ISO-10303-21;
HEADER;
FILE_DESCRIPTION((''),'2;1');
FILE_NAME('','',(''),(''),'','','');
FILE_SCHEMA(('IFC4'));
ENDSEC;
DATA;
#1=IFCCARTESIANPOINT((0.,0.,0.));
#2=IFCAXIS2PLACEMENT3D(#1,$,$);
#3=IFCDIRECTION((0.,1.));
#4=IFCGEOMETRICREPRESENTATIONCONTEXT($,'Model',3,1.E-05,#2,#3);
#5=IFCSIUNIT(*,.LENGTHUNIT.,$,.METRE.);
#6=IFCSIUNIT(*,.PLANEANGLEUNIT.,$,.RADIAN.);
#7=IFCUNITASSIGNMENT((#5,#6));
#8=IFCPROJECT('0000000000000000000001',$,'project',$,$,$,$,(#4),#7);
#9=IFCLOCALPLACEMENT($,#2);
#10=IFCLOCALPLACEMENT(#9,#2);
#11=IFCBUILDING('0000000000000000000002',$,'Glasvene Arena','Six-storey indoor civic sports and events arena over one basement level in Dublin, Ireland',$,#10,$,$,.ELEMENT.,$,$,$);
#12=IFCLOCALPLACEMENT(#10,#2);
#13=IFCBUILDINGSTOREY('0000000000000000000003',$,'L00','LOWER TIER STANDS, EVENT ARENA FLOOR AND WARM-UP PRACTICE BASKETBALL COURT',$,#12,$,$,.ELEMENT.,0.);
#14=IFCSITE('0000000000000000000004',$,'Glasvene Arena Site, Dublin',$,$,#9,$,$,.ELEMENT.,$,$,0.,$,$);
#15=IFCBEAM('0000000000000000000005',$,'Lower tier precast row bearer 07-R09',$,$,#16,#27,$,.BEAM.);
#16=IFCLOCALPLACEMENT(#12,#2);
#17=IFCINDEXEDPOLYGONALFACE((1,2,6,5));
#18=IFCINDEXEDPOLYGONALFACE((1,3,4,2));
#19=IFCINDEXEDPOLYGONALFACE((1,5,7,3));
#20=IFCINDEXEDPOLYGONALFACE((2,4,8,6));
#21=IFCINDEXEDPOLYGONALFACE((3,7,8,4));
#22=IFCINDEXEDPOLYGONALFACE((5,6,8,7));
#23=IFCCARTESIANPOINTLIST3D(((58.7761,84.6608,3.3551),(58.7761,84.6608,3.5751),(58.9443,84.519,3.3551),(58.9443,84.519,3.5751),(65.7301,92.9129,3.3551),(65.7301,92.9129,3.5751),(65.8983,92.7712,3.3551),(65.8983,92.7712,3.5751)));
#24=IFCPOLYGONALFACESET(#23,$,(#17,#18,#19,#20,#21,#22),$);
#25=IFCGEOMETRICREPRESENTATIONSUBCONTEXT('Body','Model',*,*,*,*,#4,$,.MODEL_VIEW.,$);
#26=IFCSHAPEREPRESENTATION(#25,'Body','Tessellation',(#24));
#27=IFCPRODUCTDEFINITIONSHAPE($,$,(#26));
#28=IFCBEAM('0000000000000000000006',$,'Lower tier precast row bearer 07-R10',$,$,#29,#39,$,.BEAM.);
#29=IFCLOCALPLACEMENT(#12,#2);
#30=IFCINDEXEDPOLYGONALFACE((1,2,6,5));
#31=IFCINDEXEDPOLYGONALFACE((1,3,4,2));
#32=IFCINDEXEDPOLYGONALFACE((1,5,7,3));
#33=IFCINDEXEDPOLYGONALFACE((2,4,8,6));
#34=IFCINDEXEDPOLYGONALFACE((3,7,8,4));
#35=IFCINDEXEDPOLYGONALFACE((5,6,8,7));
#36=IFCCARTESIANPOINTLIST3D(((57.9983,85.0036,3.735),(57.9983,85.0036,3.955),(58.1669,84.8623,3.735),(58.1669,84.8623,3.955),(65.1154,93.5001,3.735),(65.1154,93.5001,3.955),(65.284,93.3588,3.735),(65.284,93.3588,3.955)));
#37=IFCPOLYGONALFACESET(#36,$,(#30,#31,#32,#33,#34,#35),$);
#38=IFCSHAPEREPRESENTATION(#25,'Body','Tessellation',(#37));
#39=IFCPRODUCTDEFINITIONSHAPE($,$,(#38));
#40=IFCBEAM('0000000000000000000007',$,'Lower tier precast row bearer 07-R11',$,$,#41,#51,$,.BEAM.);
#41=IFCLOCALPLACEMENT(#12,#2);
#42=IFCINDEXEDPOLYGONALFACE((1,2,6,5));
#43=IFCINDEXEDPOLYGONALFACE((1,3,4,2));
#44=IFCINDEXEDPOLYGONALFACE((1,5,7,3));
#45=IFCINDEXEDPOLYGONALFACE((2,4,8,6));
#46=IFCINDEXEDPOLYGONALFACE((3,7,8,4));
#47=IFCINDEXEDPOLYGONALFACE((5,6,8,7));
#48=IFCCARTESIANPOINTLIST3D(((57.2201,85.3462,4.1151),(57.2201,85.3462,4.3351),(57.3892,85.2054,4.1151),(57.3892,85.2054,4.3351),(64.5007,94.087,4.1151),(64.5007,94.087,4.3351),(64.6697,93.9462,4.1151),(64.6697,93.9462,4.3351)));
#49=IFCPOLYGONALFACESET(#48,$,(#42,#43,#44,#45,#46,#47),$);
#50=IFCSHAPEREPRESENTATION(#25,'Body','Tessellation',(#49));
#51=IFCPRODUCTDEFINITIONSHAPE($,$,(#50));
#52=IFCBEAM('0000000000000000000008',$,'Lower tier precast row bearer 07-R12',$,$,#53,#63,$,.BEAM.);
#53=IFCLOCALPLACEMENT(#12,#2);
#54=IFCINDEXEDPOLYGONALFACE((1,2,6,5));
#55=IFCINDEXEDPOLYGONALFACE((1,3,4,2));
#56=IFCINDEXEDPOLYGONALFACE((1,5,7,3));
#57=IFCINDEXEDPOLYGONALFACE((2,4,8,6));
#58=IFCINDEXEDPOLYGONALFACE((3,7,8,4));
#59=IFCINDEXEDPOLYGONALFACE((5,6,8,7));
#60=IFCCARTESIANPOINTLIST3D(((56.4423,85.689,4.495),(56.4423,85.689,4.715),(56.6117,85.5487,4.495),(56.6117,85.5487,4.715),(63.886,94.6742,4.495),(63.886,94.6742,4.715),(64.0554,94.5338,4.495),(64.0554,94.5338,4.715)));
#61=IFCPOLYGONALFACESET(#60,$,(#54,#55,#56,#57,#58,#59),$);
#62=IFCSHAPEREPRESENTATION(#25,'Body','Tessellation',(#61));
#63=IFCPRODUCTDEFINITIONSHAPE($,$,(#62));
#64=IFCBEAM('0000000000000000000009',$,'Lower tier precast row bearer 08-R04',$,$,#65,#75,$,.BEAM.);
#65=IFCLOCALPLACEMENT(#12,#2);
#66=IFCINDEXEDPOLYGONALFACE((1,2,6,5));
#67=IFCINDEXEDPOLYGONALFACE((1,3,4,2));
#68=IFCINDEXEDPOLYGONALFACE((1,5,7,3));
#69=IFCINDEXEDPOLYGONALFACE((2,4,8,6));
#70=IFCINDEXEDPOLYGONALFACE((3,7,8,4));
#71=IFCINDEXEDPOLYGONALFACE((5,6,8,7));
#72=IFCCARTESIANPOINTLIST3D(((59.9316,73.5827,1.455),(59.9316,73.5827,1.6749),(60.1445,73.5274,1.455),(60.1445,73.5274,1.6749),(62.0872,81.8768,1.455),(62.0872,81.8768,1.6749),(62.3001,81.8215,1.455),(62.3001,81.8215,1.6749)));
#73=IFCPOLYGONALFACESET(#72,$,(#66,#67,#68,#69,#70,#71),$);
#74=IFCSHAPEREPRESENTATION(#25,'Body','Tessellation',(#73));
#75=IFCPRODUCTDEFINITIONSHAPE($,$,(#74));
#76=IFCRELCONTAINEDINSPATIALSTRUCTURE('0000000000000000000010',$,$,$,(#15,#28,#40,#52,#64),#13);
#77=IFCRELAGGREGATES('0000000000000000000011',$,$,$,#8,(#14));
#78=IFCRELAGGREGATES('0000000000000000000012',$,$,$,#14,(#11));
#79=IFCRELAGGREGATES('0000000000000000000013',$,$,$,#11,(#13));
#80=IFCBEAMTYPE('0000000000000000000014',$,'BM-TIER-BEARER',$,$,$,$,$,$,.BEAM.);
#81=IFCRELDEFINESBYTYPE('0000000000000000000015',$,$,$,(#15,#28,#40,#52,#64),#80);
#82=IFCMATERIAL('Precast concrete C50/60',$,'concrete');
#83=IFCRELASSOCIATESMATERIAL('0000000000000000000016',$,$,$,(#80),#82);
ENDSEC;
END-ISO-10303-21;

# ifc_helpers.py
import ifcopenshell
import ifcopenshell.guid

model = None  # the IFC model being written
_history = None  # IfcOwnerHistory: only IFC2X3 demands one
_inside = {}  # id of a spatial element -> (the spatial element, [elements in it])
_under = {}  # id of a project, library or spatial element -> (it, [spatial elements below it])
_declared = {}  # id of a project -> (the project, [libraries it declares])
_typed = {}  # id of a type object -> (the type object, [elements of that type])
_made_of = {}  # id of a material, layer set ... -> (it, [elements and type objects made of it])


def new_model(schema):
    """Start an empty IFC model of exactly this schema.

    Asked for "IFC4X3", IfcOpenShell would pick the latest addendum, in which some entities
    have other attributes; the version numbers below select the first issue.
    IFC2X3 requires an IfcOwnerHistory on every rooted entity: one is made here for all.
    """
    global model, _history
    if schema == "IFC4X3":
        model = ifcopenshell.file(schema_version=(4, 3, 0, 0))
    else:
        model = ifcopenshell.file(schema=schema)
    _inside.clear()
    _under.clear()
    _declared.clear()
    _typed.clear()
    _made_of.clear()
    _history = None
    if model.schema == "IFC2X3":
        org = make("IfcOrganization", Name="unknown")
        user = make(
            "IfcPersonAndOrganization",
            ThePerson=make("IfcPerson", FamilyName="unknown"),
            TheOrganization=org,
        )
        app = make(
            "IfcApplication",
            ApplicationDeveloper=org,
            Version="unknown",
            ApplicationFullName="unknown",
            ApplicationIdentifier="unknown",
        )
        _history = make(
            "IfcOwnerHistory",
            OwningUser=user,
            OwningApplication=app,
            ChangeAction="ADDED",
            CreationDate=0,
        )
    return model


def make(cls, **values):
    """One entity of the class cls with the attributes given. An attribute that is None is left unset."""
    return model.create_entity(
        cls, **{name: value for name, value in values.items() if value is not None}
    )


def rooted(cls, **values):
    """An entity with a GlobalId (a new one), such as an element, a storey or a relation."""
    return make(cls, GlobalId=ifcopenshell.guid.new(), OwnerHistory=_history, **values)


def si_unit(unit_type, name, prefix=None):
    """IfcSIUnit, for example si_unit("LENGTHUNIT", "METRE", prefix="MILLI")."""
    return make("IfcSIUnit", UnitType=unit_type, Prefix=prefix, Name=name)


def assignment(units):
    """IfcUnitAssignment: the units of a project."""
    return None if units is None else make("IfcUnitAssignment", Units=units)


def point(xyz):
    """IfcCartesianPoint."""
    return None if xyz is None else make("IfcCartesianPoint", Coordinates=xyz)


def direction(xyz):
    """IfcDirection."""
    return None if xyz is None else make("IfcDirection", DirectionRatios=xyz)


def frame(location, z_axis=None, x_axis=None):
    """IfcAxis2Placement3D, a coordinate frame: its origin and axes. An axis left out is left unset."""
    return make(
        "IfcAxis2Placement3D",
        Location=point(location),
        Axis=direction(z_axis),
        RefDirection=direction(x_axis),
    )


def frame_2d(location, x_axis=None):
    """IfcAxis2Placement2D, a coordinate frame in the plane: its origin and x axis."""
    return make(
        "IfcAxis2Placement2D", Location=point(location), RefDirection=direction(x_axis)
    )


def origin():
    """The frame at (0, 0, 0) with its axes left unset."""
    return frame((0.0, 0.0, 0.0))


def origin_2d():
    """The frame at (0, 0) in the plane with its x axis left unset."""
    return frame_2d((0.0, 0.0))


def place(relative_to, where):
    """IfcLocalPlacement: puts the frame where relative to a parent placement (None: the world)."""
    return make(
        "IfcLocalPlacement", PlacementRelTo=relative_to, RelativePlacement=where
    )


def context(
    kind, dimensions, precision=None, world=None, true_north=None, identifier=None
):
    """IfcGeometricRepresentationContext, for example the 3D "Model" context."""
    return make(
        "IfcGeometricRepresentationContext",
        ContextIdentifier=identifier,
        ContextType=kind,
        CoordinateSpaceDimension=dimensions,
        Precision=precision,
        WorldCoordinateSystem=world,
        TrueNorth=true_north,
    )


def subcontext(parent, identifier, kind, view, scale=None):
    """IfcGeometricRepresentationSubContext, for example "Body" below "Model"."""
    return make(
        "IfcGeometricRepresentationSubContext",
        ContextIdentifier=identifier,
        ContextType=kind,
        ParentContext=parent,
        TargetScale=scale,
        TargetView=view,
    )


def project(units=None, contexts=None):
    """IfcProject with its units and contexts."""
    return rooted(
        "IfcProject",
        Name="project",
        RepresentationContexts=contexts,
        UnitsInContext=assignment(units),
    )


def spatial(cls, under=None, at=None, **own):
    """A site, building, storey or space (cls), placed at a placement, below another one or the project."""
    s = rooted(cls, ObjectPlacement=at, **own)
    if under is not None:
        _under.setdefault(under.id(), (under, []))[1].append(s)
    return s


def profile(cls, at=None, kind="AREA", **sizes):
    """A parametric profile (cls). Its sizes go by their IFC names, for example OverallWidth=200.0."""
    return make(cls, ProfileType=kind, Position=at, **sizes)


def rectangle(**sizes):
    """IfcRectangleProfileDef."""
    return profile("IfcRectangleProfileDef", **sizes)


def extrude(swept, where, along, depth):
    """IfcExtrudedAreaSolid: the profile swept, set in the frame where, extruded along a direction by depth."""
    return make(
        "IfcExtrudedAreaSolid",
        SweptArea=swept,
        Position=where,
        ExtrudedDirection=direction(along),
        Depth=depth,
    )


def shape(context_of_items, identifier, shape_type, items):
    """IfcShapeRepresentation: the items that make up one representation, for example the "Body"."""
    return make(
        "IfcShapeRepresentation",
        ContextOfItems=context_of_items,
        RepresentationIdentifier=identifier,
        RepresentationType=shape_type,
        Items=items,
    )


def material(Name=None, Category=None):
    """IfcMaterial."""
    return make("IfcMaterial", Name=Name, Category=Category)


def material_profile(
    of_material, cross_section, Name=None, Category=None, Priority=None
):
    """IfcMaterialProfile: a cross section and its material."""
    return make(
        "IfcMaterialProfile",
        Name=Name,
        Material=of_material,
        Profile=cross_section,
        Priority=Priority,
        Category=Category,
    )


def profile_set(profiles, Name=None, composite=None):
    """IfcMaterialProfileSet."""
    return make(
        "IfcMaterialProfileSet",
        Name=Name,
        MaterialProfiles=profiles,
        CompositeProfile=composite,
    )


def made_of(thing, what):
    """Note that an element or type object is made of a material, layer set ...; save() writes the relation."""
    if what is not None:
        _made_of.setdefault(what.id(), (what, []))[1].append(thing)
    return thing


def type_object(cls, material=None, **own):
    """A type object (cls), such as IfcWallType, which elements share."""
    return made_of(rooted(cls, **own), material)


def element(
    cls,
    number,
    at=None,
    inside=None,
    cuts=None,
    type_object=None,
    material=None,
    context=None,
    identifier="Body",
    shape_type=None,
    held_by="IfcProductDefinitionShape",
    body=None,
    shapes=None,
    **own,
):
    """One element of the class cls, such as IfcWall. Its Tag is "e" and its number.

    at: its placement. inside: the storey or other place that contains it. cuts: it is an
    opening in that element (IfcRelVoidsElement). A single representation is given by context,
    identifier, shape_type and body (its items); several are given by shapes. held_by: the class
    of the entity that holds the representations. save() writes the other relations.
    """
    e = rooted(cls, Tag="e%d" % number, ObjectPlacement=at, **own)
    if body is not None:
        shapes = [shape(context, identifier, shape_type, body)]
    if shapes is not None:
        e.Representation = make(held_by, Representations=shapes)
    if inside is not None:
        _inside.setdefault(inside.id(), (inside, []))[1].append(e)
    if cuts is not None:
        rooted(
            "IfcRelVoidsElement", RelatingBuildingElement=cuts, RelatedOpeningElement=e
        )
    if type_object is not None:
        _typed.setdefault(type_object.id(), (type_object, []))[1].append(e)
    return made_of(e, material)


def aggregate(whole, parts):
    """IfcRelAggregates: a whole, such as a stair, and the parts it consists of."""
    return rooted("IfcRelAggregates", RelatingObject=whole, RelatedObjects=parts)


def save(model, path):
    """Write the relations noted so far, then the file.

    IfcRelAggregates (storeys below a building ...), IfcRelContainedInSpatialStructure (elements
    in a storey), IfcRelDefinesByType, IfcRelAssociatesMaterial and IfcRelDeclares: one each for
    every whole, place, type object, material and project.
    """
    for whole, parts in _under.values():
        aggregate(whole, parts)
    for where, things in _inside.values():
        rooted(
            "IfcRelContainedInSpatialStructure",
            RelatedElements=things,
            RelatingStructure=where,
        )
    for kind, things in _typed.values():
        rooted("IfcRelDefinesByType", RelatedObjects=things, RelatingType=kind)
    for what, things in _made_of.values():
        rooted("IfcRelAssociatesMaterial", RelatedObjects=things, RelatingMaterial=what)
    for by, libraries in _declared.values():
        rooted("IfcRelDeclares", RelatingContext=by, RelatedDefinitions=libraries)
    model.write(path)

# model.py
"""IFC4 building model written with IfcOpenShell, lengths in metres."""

from ifc_helpers import new_model, si_unit, direction, frame, origin, origin_2d, place, context, subcontext, project, spatial, rectangle, extrude, material, material_profile, profile_set, type_object, element, save


model = new_model("IFC4")

# Units and contexts
model_context = context("Model", 3, precision=1e-05, world=origin(), true_north=direction((0.0, 1.0)))
body_context = subcontext(model_context, "Body", "Model", "MODEL_VIEW")
ifc_project = project(units=[si_unit("LENGTHUNIT", "METRE"), si_unit("PLANEANGLEUNIT", "RADIAN")], contexts=[model_context])

# Site, building, storey
site_placement = place(None, origin())
site = spatial("IfcSite", under=ifc_project, at=site_placement, Name="Glasvene Arena Site, Dublin", CompositionType="ELEMENT", RefElevation=0.0)
building_placement = place(site_placement, origin())
building = spatial("IfcBuilding", under=site, at=building_placement, Name="Glasvene Arena", Description="Six-storey indoor civic sports and events arena over one basement level in Dublin, Ireland", CompositionType="ELEMENT")
storey_placement = place(building_placement, origin())
storey = spatial("IfcBuildingStorey", under=building, at=storey_placement, Name="L00", Description="LOWER TIER STANDS, EVENT ARENA FLOOR AND WARM-UP PRACTICE BASKETBALL COURT", CompositionType="ELEMENT", Elevation=0.0)

# Beams
ifc_material_1 = material(Name="Precast concrete C50/60", Category="concrete")
ifc_material_profile_1 = material_profile(ifc_material_1, rectangle(XDim=0.22, YDim=0.22, at=origin_2d()), Name="RC 220x220")
ifc_profile_set_1 = profile_set([ifc_material_profile_1], Name="Precast concrete C50/60")
beam_type_1 = type_object("IfcBeamType", Name="BM-TIER-BEARER", PredefinedType="BEAM", material=ifc_profile_set_1)
beam_1_placement = place(storey_placement, frame((65.8142, 92.842, 3.4651), z_axis=(-0.6444, -0.764688, 0.0), x_axis=(0.764688, -0.6444, 0.0)))
element("IfcBeam", 1, at=beam_1_placement, inside=storey, type_object=beam_type_1, Name="Lower tier precast row bearer 07-R09", PredefinedType="BEAM", context=body_context, shape_type="SweptSolid", body=[
    extrude(rectangle(XDim=0.22, YDim=0.22, at=origin_2d()), origin(), (0.0, 0.0, 1.0), 10.7915),
])
beam_2_placement = place(storey_placement, frame((65.1997, 93.4294, 3.845), z_axis=(-0.642137, -0.76659, 0.0), x_axis=(0.76659, -0.642137, 0.0)))
element("IfcBeam", 2, at=beam_2_placement, inside=storey, type_object=beam_type_1, Name="Lower tier precast row bearer 07-R10", PredefinedType="BEAM", context=body_context, shape_type="SweptSolid", body=[
    extrude(rectangle(XDim=0.22, YDim=0.22, at=origin_2d()), origin(), (0.0, 0.0, 1.0), 11.0835),
])
beam_3_placement = place(storey_placement, frame((64.5852, 94.0166, 4.2251), z_axis=(-0.640007, -0.768369, 0.0), x_axis=(0.768369, -0.640007, 0.0)))
element("IfcBeam", 3, at=beam_3_placement, inside=storey, type_object=beam_type_1, Name="Lower tier precast row bearer 07-R11", PredefinedType="BEAM", context=body_context, shape_type="SweptSolid", body=[
    extrude(rectangle(XDim=0.22, YDim=0.22, at=origin_2d()), origin(), (0.0, 0.0, 1.0), 11.3757),
])
beam_4_placement = place(storey_placement, frame((63.9707, 94.604, 4.605), z_axis=(-0.637957, -0.770072, 0.0), x_axis=(0.770072, -0.637957, 0.0)))
element("IfcBeam", 4, at=beam_4_placement, inside=storey, type_object=beam_type_1, Name="Lower tier precast row bearer 07-R12", PredefinedType="BEAM", context=body_context, shape_type="SweptSolid", body=[
    extrude(rectangle(XDim=0.22, YDim=0.22, at=origin_2d()), origin(), (0.0, 0.0, 1.0), 11.668),
])
beam_5_placement = place(storey_placement, frame((62.1936, 81.8491, 1.5649), z_axis=(-0.251535, -0.967848, 0.0), x_axis=(0.967848, -0.251535, 0.0)))
element("IfcBeam", 5, at=beam_5_placement, inside=storey, type_object=beam_type_1, Name="Lower tier precast row bearer 08-R04", PredefinedType="BEAM", context=body_context, shape_type="SweptSolid", body=[
    extrude(rectangle(XDim=0.22, YDim=0.22, at=origin_2d()), origin(), (0.0, 0.0, 1.0), 8.5696),
])

save(model, "model.ifc")
